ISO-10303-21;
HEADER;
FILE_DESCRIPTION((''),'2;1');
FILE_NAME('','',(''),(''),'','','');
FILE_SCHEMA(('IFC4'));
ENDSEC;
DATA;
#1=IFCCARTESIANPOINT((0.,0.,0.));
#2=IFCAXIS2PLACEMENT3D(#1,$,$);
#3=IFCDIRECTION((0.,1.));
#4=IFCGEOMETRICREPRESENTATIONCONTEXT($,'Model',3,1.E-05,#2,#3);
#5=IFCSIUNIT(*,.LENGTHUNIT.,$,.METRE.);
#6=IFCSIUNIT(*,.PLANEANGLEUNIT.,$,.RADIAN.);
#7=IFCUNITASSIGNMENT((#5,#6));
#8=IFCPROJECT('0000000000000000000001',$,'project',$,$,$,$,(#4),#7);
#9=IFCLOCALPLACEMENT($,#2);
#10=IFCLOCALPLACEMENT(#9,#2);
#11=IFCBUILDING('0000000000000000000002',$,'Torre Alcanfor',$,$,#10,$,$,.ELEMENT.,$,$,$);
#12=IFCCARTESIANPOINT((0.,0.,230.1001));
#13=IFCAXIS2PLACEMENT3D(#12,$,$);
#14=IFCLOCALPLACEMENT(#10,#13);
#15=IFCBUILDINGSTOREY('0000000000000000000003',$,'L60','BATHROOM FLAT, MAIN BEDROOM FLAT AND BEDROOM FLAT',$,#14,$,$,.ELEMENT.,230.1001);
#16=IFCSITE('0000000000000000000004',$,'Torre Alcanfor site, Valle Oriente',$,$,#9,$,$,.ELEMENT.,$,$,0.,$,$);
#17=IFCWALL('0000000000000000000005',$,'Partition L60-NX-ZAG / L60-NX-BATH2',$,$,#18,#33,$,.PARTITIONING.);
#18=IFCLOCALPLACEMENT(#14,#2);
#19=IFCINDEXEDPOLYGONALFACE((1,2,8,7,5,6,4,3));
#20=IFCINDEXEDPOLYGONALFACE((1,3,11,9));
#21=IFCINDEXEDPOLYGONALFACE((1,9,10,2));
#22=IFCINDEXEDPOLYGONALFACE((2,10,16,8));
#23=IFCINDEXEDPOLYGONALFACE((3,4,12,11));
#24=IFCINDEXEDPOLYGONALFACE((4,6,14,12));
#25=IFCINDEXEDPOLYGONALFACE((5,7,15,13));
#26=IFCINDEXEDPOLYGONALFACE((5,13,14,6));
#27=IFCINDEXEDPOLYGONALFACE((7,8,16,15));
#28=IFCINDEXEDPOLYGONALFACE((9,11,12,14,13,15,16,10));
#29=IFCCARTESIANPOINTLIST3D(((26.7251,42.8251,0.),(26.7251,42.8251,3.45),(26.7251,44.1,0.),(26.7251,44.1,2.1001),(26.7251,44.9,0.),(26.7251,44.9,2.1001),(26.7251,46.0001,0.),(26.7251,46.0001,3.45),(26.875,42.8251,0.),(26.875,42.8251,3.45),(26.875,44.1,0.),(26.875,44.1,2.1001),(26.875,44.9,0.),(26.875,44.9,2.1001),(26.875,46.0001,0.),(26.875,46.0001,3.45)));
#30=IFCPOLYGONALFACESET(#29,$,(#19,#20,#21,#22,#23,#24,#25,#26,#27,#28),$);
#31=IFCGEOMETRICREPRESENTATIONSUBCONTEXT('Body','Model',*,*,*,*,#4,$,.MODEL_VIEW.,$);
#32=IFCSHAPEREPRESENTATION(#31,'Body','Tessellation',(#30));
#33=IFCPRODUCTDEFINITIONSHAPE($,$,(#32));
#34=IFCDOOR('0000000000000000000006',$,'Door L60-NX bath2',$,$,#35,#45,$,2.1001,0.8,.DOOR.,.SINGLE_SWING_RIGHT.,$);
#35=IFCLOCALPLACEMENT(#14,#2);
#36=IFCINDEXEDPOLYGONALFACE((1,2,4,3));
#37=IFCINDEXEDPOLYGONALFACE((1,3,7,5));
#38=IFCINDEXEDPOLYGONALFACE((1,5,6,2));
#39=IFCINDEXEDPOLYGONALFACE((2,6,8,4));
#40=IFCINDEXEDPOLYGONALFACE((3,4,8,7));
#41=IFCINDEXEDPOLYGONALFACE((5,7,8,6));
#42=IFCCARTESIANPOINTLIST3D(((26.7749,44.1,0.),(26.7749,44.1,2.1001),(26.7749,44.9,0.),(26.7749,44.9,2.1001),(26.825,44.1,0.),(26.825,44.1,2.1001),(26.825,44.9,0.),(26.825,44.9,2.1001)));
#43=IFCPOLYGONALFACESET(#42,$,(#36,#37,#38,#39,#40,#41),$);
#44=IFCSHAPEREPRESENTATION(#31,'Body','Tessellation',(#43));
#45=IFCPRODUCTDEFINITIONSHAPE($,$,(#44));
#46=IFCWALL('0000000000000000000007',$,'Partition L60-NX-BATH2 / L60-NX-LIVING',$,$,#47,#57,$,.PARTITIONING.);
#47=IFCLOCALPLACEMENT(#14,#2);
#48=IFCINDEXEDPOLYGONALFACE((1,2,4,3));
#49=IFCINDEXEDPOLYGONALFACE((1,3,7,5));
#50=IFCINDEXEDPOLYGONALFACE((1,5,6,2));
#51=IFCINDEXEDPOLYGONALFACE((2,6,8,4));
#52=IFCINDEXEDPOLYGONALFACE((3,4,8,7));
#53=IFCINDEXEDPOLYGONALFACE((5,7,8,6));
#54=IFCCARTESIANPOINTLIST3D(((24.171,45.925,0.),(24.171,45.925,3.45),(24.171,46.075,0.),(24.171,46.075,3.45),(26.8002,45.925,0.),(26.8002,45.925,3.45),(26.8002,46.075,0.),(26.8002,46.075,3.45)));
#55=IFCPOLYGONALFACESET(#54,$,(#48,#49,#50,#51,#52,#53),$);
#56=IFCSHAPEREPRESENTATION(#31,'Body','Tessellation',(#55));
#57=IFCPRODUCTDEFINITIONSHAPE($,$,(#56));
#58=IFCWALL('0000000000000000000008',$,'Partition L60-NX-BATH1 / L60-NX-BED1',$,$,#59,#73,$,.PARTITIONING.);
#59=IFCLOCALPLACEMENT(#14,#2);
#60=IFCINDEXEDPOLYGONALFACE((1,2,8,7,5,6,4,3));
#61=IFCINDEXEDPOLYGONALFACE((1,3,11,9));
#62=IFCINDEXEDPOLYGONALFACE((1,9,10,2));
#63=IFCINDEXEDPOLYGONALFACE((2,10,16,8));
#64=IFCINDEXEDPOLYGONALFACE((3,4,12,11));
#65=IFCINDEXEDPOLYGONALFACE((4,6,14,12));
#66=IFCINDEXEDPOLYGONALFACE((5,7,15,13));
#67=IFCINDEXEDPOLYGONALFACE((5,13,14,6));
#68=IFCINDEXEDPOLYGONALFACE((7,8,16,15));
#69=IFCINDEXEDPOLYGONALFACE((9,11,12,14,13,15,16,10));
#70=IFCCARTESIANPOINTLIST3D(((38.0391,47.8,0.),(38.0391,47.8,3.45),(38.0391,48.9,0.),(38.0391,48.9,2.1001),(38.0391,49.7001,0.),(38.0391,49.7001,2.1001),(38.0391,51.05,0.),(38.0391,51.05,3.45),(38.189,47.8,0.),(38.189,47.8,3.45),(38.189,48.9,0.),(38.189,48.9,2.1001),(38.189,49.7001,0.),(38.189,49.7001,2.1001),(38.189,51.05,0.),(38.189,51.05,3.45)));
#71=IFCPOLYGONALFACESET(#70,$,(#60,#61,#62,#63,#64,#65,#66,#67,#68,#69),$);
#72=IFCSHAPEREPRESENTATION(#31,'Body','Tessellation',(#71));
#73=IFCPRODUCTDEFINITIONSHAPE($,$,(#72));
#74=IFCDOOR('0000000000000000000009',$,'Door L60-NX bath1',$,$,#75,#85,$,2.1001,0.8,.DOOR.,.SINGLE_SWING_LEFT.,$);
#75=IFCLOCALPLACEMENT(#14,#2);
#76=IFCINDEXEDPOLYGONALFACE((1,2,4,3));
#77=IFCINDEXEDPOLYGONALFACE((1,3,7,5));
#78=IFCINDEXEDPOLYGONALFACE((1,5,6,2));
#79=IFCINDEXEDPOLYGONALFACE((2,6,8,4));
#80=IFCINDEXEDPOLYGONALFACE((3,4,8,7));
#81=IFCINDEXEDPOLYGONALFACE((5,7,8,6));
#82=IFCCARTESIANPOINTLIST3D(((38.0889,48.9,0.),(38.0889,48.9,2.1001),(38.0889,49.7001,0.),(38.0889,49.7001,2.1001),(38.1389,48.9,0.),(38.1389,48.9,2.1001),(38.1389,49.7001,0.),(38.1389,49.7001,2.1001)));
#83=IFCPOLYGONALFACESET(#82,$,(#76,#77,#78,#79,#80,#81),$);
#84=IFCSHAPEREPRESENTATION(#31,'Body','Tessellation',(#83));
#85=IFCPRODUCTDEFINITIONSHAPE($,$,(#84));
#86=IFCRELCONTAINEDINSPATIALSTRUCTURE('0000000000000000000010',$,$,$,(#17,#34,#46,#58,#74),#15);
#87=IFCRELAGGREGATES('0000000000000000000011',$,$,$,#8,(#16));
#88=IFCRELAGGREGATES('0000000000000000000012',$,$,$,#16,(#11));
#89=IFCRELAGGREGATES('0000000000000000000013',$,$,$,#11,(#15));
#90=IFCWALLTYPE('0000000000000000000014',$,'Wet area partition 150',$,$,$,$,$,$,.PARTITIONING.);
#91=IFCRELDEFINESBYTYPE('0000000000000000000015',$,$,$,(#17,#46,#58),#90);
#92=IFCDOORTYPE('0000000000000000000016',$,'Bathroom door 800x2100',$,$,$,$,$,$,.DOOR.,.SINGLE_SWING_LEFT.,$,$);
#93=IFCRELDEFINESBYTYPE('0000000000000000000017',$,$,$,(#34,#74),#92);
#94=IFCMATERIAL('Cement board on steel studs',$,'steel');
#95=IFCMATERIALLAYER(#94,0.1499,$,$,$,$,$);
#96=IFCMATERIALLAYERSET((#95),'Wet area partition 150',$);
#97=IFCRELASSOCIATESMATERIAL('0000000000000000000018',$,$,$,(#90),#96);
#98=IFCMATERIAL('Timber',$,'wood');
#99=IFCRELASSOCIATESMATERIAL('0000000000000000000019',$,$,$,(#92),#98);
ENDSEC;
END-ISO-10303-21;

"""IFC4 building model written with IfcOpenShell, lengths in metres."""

from ifc_helpers import new_model, si_unit, direction, frame, frame_2d, origin, place, context, subcontext, project, spatial, rectangle, extrude, material, layer, layer_set, type_object, element, fill, save


model = new_model("IFC4")

# Units and contexts
model_context = context("Model", 3, precision=1e-05, world=origin(), true_north=direction((0.0, 1.0)))
body_context = subcontext(model_context, "Body", "Model", "MODEL_VIEW")
ifc_project = project(units=[si_unit("LENGTHUNIT", "METRE"), si_unit("PLANEANGLEUNIT", "RADIAN")], contexts=[model_context])

# Site, building, storey
site_placement = place(None, origin())
site = spatial("IfcSite", under=ifc_project, at=site_placement, Name="Torre Alcanfor site, Valle Oriente", CompositionType="ELEMENT", RefElevation=0.0)
building_placement = place(site_placement, origin())
building = spatial("IfcBuilding", under=site, at=building_placement, Name="Torre Alcanfor", CompositionType="ELEMENT")
storey_placement = place(building_placement, frame((0.0, 0.0, 230.1001)))
storey = spatial("IfcBuildingStorey", under=building, at=storey_placement, Name="L60", Description="BATHROOM FLAT, MAIN BEDROOM FLAT AND BEDROOM FLAT", CompositionType="ELEMENT", Elevation=230.1001)

# Wall, opening, door
ifc_material_1 = material(Name="Cement board on steel studs", Category="steel")
ifc_layer_1 = layer(ifc_material_1, 0.1499)
ifc_layer_set_1 = layer_set([ifc_layer_1], Name="Wet area partition 150")
wall_type_1 = type_object("IfcWallType", Name="Wet area partition 150", PredefinedType="PARTITIONING", material=ifc_layer_set_1)
wall_1_placement = place(storey_placement, frame((26.8, 46.0, 0.0), z_axis=(0.0, 0.0, 1.0), x_axis=(0.0, -1.0, 0.0)))
wall_1 = element("IfcWall", 1, at=wall_1_placement, inside=storey, type_object=wall_type_1, Name="Partition L60-NX-ZAG / L60-NX-BATH2", PredefinedType="PARTITIONING", context=body_context, shape_type="SweptSolid", body=[
    extrude(rectangle(XDim=3.175, YDim=0.1499, at=frame_2d((1.5874, 0.0))), origin(), (0.0, 0.0, 1.0), 3.45),
])
opening_1_placement = place(wall_1_placement, frame((1.1001, 0.0, 0.0)))
opening_1 = element("IfcOpeningElement", 2, at=opening_1_placement, cuts=wall_1, PredefinedType="OPENING", context=body_context, shape_type="SweptSolid", body=[
    extrude(rectangle(XDim=0.8, YDim=2.1001, at=frame_2d((0.3999, 1.05))), frame((0.0, 0.085, 0.0), z_axis=(0.0, -1.0, 0.0), x_axis=(1.0, 0.0, 0.0)), (0.0, 0.0, 1.0), 0.1699),
])
ifc_material_2 = material(Name="Timber", Category="wood")
door_type_1 = type_object("IfcDoorType", Name="Bathroom door 800x2100", OperationType="SINGLE_SWING_LEFT", PredefinedType="DOOR", material=ifc_material_2)
door_1_placement = place(opening_1_placement, frame((0.8, 0.0, 0.0), z_axis=(0.0, 0.0, 1.0), x_axis=(-1.0, 0.0, 0.0)))
door_1 = element("IfcDoor", 3, at=door_1_placement, inside=storey, type_object=door_type_1, Name="Door L60-NX bath2", OperationType="SINGLE_SWING_RIGHT", OverallHeight=2.1001, OverallWidth=0.8, PredefinedType="DOOR", context=body_context, shape_type="SweptSolid", body=[
    extrude(rectangle(XDim=0.8, YDim=2.1001, at=frame_2d((0.4001, 1.05))), frame((0.0, 0.0251, 0.0), z_axis=(0.0, -1.0, 0.0), x_axis=(1.0, 0.0, 0.0)), (0.0, 0.0, 1.0), 0.05),
])
fill(opening_1, door_1)

# Wall
wall_2_placement = place(storey_placement, frame((26.8, 46.0, 0.0), z_axis=(0.0, 0.0, 1.0), x_axis=(-1.0, 0.0, 0.0)))
element("IfcWall", 4, at=wall_2_placement, inside=storey, type_object=wall_type_1, Name="Partition L60-NX-BATH2 / L60-NX-LIVING", PredefinedType="PARTITIONING", context=body_context, shape_type="SweptSolid", body=[
    extrude(rectangle(XDim=2.6292, YDim=0.1499, at=frame_2d((1.3145, 0.0))), origin(), (0.0, 0.0, 1.0), 3.45),
])

# Wall, opening, door
wall_3_placement = place(storey_placement, frame((38.114, 51.05, 0.0), z_axis=(0.0, 0.0, 1.0), x_axis=(0.0, -1.0, 0.0)))
wall_3 = element("IfcWall", 5, at=wall_3_placement, inside=storey, type_object=wall_type_1, Name="Partition L60-NX-BATH1 / L60-NX-BED1", PredefinedType="PARTITIONING", context=body_context, shape_type="SweptSolid", body=[
    extrude(rectangle(XDim=3.25, YDim=0.1499, at=frame_2d((1.625, 0.0))), origin(), (0.0, 0.0, 1.0), 3.45),
])
opening_2_placement = place(wall_3_placement, frame((1.3501, 0.0, 0.0)))
opening_2 = element("IfcOpeningElement", 6, at=opening_2_placement, cuts=wall_3, PredefinedType="OPENING", context=body_context, shape_type="SweptSolid", body=[
    extrude(rectangle(XDim=0.8, YDim=2.1001, at=frame_2d((0.3999, 1.05))), frame((0.0, 0.085, 0.0), z_axis=(0.0, -1.0, 0.0), x_axis=(1.0, 0.0, 0.0)), (0.0, 0.0, 1.0), 0.1699),
])
door_2_placement = place(opening_2_placement, frame((0.8, 0.0, 0.0), z_axis=(0.0, 0.0, 1.0), x_axis=(-1.0, 0.0, 0.0)))
door_2 = element("IfcDoor", 7, at=door_2_placement, inside=storey, type_object=door_type_1, Name="Door L60-NX bath1", OperationType="SINGLE_SWING_LEFT", OverallHeight=2.1001, OverallWidth=0.8, PredefinedType="DOOR", context=body_context, shape_type="SweptSolid", body=[
    extrude(rectangle(XDim=0.8, YDim=2.1001, at=frame_2d((0.4001, 1.05))), frame((0.0, 0.0251, 0.0), z_axis=(0.0, -1.0, 0.0), x_axis=(1.0, 0.0, 0.0)), (0.0, 0.0, 1.0), 0.05),
])
fill(opening_2, door_2)

save(model, "model.ifc")
